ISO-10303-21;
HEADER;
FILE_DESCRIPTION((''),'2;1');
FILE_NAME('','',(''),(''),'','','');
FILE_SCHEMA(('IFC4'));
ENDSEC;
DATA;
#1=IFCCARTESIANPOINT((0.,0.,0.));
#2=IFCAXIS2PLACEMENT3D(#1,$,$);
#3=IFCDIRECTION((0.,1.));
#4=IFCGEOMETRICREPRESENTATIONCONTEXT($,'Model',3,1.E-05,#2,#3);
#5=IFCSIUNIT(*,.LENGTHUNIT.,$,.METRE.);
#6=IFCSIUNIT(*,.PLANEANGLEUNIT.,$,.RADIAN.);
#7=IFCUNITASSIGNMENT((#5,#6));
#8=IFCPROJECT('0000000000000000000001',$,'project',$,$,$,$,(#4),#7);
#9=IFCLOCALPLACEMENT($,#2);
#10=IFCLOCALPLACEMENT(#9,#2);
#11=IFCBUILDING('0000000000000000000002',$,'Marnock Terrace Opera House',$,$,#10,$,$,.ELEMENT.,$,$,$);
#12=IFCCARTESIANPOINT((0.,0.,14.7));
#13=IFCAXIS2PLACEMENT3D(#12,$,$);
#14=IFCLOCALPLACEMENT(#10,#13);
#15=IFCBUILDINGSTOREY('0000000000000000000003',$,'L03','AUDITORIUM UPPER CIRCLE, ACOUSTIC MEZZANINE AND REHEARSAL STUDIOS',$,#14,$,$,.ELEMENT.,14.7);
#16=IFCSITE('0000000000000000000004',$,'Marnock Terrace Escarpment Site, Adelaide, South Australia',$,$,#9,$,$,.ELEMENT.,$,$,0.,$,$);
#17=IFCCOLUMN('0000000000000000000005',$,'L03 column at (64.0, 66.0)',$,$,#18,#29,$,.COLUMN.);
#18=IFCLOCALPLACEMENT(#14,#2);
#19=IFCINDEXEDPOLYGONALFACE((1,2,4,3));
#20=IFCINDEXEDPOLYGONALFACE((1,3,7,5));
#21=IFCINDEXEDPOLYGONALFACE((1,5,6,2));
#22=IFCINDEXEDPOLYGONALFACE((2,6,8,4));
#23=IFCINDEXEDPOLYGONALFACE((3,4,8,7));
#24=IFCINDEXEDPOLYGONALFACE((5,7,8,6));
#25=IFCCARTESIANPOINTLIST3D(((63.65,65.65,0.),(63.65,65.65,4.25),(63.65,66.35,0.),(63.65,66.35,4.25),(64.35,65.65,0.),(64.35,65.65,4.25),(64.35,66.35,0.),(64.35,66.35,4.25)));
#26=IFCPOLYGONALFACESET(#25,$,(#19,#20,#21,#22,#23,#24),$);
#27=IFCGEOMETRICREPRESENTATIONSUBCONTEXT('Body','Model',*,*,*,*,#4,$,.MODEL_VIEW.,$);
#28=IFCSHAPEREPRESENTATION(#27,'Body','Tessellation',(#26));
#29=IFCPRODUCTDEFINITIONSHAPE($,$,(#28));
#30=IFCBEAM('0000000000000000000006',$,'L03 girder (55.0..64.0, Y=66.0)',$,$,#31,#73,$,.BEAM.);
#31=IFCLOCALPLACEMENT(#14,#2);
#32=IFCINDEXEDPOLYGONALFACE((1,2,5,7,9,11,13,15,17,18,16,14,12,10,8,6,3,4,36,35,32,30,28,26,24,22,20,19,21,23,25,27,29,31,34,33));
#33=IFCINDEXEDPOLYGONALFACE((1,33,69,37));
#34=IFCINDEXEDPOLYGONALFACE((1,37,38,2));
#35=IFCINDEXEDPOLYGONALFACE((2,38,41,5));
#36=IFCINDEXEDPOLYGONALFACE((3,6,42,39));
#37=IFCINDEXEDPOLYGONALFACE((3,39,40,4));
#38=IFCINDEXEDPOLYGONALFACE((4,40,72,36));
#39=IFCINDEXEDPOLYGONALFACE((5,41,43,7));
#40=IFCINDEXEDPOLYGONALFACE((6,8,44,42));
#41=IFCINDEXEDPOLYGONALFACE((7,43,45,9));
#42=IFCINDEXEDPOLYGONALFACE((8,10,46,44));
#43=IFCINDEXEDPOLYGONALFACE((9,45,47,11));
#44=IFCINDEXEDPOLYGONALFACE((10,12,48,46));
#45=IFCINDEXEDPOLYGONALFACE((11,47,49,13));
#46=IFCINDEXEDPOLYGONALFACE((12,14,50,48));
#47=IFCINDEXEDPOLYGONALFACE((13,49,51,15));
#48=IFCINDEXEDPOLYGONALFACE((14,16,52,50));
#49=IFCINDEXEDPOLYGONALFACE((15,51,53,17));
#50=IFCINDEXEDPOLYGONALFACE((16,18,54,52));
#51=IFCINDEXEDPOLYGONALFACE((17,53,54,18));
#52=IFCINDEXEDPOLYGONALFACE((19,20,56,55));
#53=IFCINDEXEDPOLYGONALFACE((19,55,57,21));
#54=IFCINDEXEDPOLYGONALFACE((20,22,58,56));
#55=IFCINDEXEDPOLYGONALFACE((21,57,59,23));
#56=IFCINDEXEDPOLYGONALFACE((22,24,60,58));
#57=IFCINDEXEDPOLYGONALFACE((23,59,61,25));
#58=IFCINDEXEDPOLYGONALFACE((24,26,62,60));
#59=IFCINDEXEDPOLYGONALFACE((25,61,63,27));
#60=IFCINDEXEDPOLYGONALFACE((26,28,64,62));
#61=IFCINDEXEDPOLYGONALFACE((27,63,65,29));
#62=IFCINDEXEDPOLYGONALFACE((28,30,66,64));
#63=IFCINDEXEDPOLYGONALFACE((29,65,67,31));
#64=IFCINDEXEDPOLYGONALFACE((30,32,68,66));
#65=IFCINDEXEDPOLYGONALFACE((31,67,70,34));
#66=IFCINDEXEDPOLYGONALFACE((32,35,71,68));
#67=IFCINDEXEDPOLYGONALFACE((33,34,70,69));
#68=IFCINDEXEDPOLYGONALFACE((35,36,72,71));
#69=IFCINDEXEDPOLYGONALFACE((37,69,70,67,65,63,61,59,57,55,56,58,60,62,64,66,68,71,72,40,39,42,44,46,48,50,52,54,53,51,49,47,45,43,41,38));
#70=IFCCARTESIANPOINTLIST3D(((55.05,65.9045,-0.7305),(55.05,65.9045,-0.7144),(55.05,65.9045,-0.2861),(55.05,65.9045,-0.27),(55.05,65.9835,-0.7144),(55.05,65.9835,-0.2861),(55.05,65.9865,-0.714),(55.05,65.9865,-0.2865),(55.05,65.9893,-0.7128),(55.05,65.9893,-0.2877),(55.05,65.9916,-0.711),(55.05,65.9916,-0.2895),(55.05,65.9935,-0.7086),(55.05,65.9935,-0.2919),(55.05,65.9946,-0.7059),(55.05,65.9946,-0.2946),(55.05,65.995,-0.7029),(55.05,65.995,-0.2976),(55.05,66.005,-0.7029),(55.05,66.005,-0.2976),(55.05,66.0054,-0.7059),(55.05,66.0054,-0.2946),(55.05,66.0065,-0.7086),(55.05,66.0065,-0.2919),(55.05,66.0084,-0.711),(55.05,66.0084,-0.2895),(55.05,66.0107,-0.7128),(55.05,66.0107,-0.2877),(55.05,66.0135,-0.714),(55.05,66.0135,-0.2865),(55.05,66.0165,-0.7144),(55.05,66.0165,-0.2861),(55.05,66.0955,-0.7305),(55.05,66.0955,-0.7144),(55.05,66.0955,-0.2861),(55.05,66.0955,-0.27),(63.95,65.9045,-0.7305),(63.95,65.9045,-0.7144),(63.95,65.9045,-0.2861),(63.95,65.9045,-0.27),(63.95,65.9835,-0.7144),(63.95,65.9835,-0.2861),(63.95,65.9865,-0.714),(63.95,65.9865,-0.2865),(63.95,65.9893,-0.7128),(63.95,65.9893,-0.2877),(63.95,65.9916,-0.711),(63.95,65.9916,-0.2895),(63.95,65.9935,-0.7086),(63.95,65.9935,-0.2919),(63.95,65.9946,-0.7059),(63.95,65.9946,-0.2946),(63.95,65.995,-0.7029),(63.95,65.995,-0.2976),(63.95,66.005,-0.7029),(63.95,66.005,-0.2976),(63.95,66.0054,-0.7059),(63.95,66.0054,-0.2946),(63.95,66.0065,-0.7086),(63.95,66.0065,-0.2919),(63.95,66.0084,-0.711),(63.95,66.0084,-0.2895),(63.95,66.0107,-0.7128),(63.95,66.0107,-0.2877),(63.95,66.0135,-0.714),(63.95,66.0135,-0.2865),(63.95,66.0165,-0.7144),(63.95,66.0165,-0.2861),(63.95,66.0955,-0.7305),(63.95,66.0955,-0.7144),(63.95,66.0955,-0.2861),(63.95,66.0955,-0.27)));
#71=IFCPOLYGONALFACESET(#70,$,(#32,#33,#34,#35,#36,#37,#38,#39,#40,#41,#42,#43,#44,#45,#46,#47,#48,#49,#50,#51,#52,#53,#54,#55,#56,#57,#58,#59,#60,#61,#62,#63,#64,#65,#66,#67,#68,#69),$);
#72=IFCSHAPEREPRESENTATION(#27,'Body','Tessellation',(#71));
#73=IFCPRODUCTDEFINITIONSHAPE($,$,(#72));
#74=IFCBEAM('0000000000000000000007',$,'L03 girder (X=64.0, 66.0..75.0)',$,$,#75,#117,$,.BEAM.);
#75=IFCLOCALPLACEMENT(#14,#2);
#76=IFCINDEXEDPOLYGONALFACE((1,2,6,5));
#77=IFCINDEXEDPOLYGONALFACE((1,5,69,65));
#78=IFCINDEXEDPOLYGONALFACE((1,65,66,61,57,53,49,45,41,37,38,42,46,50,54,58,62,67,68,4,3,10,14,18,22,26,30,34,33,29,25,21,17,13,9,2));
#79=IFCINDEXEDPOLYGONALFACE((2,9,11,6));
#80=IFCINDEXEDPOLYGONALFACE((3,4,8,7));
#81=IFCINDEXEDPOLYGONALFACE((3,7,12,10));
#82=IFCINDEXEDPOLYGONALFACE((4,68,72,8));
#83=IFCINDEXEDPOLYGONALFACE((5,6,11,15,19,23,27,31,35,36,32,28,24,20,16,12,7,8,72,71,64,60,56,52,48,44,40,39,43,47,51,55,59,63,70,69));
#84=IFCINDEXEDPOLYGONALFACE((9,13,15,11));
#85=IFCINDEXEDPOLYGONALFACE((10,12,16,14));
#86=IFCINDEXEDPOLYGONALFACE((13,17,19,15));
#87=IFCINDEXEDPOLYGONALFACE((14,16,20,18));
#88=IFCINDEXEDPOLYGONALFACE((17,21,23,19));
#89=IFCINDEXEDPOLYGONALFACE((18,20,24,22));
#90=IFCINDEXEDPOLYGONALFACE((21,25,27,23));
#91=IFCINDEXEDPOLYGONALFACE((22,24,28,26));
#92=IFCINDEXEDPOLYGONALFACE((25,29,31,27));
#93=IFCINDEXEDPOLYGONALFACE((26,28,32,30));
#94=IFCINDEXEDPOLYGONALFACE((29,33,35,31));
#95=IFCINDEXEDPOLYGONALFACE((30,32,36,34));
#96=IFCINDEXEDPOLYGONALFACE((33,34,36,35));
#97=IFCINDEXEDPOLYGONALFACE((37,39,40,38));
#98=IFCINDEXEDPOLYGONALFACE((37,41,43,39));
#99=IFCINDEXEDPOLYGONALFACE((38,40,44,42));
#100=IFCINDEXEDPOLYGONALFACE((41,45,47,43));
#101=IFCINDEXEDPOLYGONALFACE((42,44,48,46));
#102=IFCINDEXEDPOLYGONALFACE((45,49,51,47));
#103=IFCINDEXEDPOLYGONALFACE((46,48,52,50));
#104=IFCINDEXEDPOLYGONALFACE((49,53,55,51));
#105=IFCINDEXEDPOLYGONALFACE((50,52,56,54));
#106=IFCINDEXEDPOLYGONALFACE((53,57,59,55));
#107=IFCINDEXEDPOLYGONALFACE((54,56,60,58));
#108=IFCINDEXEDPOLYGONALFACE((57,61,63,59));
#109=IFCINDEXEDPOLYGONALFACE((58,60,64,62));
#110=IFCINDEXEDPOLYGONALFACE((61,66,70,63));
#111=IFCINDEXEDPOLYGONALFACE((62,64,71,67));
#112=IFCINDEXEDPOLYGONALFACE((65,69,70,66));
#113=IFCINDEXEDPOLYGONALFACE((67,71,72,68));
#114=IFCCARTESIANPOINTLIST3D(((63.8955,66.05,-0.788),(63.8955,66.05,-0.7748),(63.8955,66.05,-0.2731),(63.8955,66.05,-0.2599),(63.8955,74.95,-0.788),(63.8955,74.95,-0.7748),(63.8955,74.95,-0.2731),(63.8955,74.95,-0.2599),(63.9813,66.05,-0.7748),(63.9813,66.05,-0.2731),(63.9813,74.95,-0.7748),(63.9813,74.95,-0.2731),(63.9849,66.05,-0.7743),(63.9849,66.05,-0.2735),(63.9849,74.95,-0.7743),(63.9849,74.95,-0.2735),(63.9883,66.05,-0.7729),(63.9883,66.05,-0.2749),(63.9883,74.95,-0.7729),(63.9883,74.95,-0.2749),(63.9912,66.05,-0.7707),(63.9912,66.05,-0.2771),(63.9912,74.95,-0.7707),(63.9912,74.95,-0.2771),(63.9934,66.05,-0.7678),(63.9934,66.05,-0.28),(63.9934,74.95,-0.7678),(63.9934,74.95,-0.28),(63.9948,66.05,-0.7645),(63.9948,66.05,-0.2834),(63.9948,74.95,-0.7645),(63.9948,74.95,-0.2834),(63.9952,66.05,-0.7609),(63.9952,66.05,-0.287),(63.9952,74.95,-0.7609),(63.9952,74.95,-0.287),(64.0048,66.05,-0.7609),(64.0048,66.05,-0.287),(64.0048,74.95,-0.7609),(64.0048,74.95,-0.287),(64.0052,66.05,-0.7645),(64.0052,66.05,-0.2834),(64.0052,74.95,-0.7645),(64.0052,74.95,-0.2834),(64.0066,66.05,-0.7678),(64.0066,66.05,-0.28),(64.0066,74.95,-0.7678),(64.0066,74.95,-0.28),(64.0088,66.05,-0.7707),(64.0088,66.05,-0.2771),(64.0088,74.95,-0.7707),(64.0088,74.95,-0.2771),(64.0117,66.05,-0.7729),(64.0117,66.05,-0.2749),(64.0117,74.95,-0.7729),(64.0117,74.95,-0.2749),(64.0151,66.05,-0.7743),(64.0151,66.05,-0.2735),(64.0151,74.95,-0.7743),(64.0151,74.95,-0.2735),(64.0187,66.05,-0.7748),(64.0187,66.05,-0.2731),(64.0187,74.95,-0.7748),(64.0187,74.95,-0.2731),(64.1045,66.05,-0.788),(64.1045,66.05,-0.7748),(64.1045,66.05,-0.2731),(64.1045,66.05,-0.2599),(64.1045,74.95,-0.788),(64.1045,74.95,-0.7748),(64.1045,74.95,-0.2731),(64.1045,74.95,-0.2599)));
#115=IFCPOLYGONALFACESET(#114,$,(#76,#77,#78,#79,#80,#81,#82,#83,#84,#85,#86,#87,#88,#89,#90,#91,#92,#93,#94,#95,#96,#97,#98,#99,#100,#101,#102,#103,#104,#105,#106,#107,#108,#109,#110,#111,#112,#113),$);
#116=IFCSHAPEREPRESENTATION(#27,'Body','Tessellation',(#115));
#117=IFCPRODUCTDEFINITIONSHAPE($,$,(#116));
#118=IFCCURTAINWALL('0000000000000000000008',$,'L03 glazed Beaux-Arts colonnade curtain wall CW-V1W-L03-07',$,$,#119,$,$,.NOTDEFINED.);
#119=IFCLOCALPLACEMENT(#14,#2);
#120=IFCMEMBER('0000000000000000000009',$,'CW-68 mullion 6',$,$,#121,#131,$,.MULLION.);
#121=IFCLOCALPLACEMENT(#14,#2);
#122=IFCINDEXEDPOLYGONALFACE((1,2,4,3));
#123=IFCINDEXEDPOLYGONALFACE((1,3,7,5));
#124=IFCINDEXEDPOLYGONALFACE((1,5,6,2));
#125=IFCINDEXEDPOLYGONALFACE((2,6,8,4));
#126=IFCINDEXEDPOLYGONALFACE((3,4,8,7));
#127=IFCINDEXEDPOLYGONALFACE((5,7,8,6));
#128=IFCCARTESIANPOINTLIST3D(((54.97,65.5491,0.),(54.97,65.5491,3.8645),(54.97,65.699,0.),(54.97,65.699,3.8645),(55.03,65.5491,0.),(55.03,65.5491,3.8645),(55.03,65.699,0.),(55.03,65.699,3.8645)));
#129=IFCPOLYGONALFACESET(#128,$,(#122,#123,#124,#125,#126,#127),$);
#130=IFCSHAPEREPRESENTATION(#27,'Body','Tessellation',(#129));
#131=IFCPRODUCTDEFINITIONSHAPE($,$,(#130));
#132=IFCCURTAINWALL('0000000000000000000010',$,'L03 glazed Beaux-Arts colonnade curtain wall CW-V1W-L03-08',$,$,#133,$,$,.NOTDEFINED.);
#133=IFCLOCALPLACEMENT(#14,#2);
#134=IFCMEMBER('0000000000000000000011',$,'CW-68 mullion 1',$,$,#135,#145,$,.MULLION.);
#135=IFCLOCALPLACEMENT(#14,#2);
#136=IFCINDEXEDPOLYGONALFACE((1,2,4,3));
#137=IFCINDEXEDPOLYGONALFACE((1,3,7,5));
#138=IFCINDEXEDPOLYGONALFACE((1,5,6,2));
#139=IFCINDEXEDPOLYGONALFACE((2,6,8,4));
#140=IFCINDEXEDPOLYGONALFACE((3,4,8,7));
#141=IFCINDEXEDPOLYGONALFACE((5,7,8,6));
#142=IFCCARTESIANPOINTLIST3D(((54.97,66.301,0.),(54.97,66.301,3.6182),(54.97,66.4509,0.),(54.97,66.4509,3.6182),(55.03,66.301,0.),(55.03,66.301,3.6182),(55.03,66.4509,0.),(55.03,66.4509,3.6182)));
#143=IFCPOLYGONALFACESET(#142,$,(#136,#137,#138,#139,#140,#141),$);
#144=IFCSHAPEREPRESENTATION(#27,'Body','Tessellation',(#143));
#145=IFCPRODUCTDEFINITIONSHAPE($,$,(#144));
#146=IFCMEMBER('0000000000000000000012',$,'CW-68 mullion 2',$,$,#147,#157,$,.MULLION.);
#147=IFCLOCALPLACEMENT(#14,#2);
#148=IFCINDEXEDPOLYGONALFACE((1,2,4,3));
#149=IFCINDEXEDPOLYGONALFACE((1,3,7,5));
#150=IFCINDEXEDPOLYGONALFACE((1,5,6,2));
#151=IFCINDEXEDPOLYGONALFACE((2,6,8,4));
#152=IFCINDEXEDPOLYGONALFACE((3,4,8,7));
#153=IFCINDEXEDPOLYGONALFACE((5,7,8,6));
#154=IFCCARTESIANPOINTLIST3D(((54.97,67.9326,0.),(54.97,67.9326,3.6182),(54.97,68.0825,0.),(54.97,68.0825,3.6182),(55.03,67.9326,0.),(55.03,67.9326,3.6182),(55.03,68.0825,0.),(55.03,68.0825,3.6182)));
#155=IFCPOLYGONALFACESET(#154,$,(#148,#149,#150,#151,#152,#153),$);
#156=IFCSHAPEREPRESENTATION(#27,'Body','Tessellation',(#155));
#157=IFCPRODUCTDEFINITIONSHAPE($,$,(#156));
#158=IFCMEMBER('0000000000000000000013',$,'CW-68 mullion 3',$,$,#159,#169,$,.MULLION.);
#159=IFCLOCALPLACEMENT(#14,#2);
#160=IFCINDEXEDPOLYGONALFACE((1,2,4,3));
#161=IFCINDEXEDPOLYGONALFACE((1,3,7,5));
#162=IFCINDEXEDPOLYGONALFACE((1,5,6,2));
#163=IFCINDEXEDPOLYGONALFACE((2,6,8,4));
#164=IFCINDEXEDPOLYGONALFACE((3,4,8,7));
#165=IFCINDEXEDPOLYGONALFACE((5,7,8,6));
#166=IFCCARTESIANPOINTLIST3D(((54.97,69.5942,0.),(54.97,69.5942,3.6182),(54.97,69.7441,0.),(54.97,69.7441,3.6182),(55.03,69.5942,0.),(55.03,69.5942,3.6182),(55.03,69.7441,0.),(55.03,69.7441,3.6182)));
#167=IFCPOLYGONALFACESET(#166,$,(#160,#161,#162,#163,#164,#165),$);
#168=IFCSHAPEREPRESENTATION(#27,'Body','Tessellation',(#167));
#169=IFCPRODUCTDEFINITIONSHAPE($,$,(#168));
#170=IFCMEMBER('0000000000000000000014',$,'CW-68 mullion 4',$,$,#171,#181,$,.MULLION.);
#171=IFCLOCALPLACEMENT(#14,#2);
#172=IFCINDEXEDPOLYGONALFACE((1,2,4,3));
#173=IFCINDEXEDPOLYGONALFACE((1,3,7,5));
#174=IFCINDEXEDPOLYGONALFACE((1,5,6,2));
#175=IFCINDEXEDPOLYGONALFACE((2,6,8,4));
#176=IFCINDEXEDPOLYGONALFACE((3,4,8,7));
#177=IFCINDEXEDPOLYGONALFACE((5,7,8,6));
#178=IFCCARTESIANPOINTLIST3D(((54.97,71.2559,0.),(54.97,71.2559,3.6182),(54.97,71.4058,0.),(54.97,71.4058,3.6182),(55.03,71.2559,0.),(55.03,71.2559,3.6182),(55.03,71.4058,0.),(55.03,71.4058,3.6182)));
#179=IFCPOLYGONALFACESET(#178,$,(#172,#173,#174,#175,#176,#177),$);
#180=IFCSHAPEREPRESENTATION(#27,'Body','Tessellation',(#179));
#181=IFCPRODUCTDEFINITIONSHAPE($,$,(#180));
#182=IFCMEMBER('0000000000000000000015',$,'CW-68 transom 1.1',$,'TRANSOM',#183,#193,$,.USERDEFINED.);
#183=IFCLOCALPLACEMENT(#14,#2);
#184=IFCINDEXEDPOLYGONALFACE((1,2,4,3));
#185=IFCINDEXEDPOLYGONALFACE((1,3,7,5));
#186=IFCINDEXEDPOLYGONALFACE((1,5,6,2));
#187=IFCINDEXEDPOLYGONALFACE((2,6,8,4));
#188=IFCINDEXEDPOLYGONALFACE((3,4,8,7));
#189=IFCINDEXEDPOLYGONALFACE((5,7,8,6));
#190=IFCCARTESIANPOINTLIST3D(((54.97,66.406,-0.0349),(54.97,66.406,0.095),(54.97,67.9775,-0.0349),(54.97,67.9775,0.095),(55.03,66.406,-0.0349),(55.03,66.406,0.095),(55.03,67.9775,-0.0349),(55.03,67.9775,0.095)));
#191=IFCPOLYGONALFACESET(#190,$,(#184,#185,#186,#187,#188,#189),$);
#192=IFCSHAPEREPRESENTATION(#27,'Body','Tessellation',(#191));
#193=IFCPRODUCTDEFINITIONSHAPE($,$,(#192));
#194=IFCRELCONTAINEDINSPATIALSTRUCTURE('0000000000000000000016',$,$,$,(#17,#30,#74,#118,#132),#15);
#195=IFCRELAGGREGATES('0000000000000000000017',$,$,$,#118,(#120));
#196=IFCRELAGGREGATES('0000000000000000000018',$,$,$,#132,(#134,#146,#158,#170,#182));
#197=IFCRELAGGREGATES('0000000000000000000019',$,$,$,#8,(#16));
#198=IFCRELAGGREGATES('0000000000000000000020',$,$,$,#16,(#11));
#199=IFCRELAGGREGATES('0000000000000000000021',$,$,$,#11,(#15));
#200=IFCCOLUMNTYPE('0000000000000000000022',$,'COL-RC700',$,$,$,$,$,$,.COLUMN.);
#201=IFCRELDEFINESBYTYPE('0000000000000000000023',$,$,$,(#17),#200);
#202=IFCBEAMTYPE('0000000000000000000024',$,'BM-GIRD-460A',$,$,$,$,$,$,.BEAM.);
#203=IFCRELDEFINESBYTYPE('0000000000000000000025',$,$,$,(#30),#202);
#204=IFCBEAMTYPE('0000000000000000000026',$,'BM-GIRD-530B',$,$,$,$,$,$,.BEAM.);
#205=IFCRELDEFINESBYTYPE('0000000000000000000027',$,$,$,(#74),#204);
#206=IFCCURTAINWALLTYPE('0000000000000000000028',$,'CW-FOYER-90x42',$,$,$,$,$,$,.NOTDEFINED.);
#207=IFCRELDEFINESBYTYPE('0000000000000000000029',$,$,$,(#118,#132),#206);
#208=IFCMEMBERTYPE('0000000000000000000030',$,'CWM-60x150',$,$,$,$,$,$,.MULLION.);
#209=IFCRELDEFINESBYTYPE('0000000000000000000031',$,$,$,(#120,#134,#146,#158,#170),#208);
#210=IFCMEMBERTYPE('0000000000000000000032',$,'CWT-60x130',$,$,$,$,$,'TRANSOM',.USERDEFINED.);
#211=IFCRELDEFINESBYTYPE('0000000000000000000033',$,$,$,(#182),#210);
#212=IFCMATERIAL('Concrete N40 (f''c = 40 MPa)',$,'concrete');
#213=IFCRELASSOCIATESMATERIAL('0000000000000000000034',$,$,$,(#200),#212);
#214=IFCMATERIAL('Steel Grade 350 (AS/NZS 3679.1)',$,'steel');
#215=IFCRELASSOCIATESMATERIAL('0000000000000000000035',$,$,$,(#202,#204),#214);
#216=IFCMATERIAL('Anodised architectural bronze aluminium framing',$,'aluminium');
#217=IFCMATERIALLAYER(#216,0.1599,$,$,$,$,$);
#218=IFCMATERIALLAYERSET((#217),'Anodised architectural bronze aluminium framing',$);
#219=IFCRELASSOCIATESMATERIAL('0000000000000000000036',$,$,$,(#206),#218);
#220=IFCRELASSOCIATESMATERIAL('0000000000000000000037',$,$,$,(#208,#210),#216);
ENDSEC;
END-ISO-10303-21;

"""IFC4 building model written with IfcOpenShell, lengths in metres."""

from ifc_helpers import new_model, si_unit, direction, frame, origin, origin_2d, place, context, subcontext, project, spatial, rectangle, i_section, extrude, material, layer, layer_set, material_profile, profile_set, type_object, element, aggregate, save


model = new_model("IFC4")

# Units and contexts
model_context = context("Model", 3, precision=1e-05, world=origin(), true_north=direction((0.0, 1.0)))
body_context = subcontext(model_context, "Body", "Model", "MODEL_VIEW")
ifc_project = project(units=[si_unit("LENGTHUNIT", "METRE"), si_unit("PLANEANGLEUNIT", "RADIAN")], contexts=[model_context])

# Site, building, storey
site_placement = place(None, origin())
site = spatial("IfcSite", under=ifc_project, at=site_placement, Name="Marnock Terrace Escarpment Site, Adelaide, South Australia", CompositionType="ELEMENT", RefElevation=0.0)
building_placement = place(site_placement, origin())
building = spatial("IfcBuilding", under=site, at=building_placement, Name="Marnock Terrace Opera House", CompositionType="ELEMENT")
storey_placement = place(building_placement, frame((0.0, 0.0, 14.7)))
storey = spatial("IfcBuildingStorey", under=building, at=storey_placement, Name="L03", Description="AUDITORIUM UPPER CIRCLE, ACOUSTIC MEZZANINE AND REHEARSAL STUDIOS", CompositionType="ELEMENT", Elevation=14.7)

# Column
ifc_material_1 = material(Name="Concrete N40 (f'c = 40 MPa)", Category="concrete")
ifc_material_profile_1 = material_profile(ifc_material_1, rectangle(XDim=0.7, YDim=0.7, at=origin_2d()))
ifc_profile_set_1 = profile_set([ifc_material_profile_1], Name="Concrete N40 (f'c = 40 MPa)")
column_type = type_object("IfcColumnType", Name="COL-RC700", PredefinedType="COLUMN", material=ifc_profile_set_1)
column_placement = place(storey_placement, frame((64.0, 66.0, 0.0), z_axis=(0.0, 0.0, 1.0), x_axis=(1.0, 0.0, 0.0)))
element("IfcColumn", 1, at=column_placement, inside=storey, type_object=column_type, Name="L03 column at (64.0, 66.0)", PredefinedType="COLUMN", context=body_context, shape_type="SweptSolid", body=[
    extrude(rectangle(XDim=0.7, YDim=0.7, at=origin_2d()), origin(), (0.0, 0.0, 1.0), 4.25),
])

# Beams
ifc_material_2 = material(Name="Steel Grade 350 (AS/NZS 3679.1)", Category="steel")
ifc_material_profile_2 = material_profile(ifc_material_2, i_section(OverallWidth=0.1909, OverallDepth=0.4604, WebThickness=0.01, FlangeThickness=0.0161, FilletRadius=0.0115, at=origin_2d()))
ifc_profile_set_2 = profile_set([ifc_material_profile_2], Name="Steel Grade 350 (AS/NZS 3679.1)")
beam_type_1 = type_object("IfcBeamType", Name="BM-GIRD-460A", PredefinedType="BEAM", material=ifc_profile_set_2)
beam_1_placement = place(storey_placement, frame((55.05, 66.0, -0.5002), z_axis=(1.0, 0.0, 0.0), x_axis=(0.0, 1.0, 0.0)))
element("IfcBeam", 2, at=beam_1_placement, inside=storey, type_object=beam_type_1, Name="L03 girder (55.0..64.0, Y=66.0)", PredefinedType="BEAM", context=body_context, shape_type="SweptSolid", body=[
    extrude(i_section(OverallWidth=0.1909, OverallDepth=0.4604, WebThickness=0.01, FlangeThickness=0.0161, FilletRadius=0.0115, at=origin_2d()), origin(), (0.0, 0.0, 1.0), 8.8999),
])
ifc_material_profile_3 = material_profile(ifc_material_2, i_section(OverallWidth=0.209, OverallDepth=0.5281, WebThickness=0.0095, FlangeThickness=0.0132, FilletRadius=0.0139, at=origin_2d()))
ifc_profile_set_3 = profile_set([ifc_material_profile_3], Name="Steel Grade 350 (AS/NZS 3679.1)")
beam_type_2 = type_object("IfcBeamType", Name="BM-GIRD-530B", PredefinedType="BEAM", material=ifc_profile_set_3)
beam_2_placement = place(storey_placement, frame((64.0, 66.05, -0.5239), z_axis=(0.0, 1.0, 0.0), x_axis=(-1.0, 0.0, 0.0)))
element("IfcBeam", 3, at=beam_2_placement, inside=storey, type_object=beam_type_2, Name="L03 girder (X=64.0, 66.0..75.0)", PredefinedType="BEAM", context=body_context, shape_type="SweptSolid", body=[
    extrude(i_section(OverallWidth=0.209, OverallDepth=0.5281, WebThickness=0.0095, FlangeThickness=0.0132, FilletRadius=0.0139, at=origin_2d()), origin(), (0.0, 0.0, 1.0), 8.8999),
])

# Curtain wall, member
ifc_material_3 = material(Name="Anodised architectural bronze aluminium framing", Category="aluminium")
ifc_layer_1 = layer(ifc_material_3, 0.1599)
ifc_layer_set_1 = layer_set([ifc_layer_1], Name="Anodised architectural bronze aluminium framing")
curtain_wall_type = type_object("IfcCurtainWallType", Name="CW-FOYER-90x42", PredefinedType="NOTDEFINED", material=ifc_layer_set_1)
curtain_wall_1_placement = place(storey_placement, origin())
curtain_wall_1 = element("IfcCurtainWall", 4, at=curtain_wall_1_placement, inside=storey, type_object=curtain_wall_type, Name="L03 glazed Beaux-Arts colonnade curtain wall CW-V1W-L03-07", PredefinedType="NOTDEFINED")
ifc_material_profile_4 = material_profile(ifc_material_3, rectangle(XDim=0.0601, YDim=0.1499, at=origin_2d()))
ifc_profile_set_4 = profile_set([ifc_material_profile_4], Name="Anodised architectural bronze aluminium framing")
member_type_1 = type_object("IfcMemberType", Name="CWM-60x150", PredefinedType="MULLION", material=ifc_profile_set_4)
member_1_placement = place(storey_placement, frame((55.0, 65.624, 0.0), z_axis=(0.0, 0.0, 1.0), x_axis=(-1.0, 0.0, 0.0)))
member_1 = element("IfcMember", 5, at=member_1_placement, type_object=member_type_1, Name="CW-68 mullion 6", PredefinedType="MULLION", context=body_context, shape_type="SweptSolid", body=[
    extrude(rectangle(XDim=0.0601, YDim=0.1499, at=origin_2d()), origin(), (0.0, 0.0, 1.0), 3.8645),
])

# Curtain wall, members
curtain_wall_2_placement = place(storey_placement, origin())
curtain_wall_2 = element("IfcCurtainWall", 6, at=curtain_wall_2_placement, inside=storey, type_object=curtain_wall_type, Name="L03 glazed Beaux-Arts colonnade curtain wall CW-V1W-L03-08", PredefinedType="NOTDEFINED")
member_2_placement = place(storey_placement, frame((55.0, 66.376, 0.0), z_axis=(0.0, 0.0, 1.0), x_axis=(-1.0, 0.0, 0.0)))
member_2 = element("IfcMember", 7, at=member_2_placement, type_object=member_type_1, Name="CW-68 mullion 1", PredefinedType="MULLION", context=body_context, shape_type="SweptSolid", body=[
    extrude(rectangle(XDim=0.0601, YDim=0.1499, at=origin_2d()), origin(), (0.0, 0.0, 1.0), 3.6182),
])
member_3_placement = place(storey_placement, frame((55.0, 68.0076, 0.0), z_axis=(0.0, 0.0, 1.0), x_axis=(-1.0, 0.0, 0.0)))
member_3 = element("IfcMember", 8, at=member_3_placement, type_object=member_type_1, Name="CW-68 mullion 2", PredefinedType="MULLION", context=body_context, shape_type="SweptSolid", body=[
    extrude(rectangle(XDim=0.0601, YDim=0.1499, at=origin_2d()), origin(), (0.0, 0.0, 1.0), 3.6182),
])
member_4_placement = place(storey_placement, frame((55.0, 69.6692, 0.0), z_axis=(0.0, 0.0, 1.0), x_axis=(-1.0, 0.0, 0.0)))
member_4 = element("IfcMember", 9, at=member_4_placement, type_object=member_type_1, Name="CW-68 mullion 3", PredefinedType="MULLION", context=body_context, shape_type="SweptSolid", body=[
    extrude(rectangle(XDim=0.0601, YDim=0.1499, at=origin_2d()), origin(), (0.0, 0.0, 1.0), 3.6182),
])
member_5_placement = place(storey_placement, frame((55.0, 71.3308, 0.0), z_axis=(0.0, 0.0, 1.0), x_axis=(-1.0, 0.0, 0.0)))
member_5 = element("IfcMember", 10, at=member_5_placement, type_object=member_type_1, Name="CW-68 mullion 4", PredefinedType="MULLION", context=body_context, shape_type="SweptSolid", body=[
    extrude(rectangle(XDim=0.0601, YDim=0.1499, at=origin_2d()), origin(), (0.0, 0.0, 1.0), 3.6182),
])
ifc_material_profile_5 = material_profile(ifc_material_3, rectangle(XDim=0.0601, YDim=0.1299, at=origin_2d()))
ifc_profile_set_5 = profile_set([ifc_material_profile_5], Name="Anodised architectural bronze aluminium framing")
member_type_2 = type_object("IfcMemberType", Name="CWT-60x130", ElementType="TRANSOM", PredefinedType="USERDEFINED", material=ifc_profile_set_5)
member_6_placement = place(storey_placement, frame((55.0, 66.406, 0.03), z_axis=(0.0, 1.0, 0.0), x_axis=(-1.0, 0.0, 0.0)))
member_6 = element("IfcMember", 11, at=member_6_placement, type_object=member_type_2, Name="CW-68 transom 1.1", ObjectType="TRANSOM", PredefinedType="USERDEFINED", context=body_context, shape_type="SweptSolid", body=[
    extrude(rectangle(XDim=0.0601, YDim=0.1299, at=origin_2d()), origin(), (0.0, 0.0, 1.0), 1.5715),
])

aggregate(curtain_wall_1, [member_1])
aggregate(curtain_wall_2, [member_2, member_3, member_4, member_5, member_6])

save(model, "model.ifc")
